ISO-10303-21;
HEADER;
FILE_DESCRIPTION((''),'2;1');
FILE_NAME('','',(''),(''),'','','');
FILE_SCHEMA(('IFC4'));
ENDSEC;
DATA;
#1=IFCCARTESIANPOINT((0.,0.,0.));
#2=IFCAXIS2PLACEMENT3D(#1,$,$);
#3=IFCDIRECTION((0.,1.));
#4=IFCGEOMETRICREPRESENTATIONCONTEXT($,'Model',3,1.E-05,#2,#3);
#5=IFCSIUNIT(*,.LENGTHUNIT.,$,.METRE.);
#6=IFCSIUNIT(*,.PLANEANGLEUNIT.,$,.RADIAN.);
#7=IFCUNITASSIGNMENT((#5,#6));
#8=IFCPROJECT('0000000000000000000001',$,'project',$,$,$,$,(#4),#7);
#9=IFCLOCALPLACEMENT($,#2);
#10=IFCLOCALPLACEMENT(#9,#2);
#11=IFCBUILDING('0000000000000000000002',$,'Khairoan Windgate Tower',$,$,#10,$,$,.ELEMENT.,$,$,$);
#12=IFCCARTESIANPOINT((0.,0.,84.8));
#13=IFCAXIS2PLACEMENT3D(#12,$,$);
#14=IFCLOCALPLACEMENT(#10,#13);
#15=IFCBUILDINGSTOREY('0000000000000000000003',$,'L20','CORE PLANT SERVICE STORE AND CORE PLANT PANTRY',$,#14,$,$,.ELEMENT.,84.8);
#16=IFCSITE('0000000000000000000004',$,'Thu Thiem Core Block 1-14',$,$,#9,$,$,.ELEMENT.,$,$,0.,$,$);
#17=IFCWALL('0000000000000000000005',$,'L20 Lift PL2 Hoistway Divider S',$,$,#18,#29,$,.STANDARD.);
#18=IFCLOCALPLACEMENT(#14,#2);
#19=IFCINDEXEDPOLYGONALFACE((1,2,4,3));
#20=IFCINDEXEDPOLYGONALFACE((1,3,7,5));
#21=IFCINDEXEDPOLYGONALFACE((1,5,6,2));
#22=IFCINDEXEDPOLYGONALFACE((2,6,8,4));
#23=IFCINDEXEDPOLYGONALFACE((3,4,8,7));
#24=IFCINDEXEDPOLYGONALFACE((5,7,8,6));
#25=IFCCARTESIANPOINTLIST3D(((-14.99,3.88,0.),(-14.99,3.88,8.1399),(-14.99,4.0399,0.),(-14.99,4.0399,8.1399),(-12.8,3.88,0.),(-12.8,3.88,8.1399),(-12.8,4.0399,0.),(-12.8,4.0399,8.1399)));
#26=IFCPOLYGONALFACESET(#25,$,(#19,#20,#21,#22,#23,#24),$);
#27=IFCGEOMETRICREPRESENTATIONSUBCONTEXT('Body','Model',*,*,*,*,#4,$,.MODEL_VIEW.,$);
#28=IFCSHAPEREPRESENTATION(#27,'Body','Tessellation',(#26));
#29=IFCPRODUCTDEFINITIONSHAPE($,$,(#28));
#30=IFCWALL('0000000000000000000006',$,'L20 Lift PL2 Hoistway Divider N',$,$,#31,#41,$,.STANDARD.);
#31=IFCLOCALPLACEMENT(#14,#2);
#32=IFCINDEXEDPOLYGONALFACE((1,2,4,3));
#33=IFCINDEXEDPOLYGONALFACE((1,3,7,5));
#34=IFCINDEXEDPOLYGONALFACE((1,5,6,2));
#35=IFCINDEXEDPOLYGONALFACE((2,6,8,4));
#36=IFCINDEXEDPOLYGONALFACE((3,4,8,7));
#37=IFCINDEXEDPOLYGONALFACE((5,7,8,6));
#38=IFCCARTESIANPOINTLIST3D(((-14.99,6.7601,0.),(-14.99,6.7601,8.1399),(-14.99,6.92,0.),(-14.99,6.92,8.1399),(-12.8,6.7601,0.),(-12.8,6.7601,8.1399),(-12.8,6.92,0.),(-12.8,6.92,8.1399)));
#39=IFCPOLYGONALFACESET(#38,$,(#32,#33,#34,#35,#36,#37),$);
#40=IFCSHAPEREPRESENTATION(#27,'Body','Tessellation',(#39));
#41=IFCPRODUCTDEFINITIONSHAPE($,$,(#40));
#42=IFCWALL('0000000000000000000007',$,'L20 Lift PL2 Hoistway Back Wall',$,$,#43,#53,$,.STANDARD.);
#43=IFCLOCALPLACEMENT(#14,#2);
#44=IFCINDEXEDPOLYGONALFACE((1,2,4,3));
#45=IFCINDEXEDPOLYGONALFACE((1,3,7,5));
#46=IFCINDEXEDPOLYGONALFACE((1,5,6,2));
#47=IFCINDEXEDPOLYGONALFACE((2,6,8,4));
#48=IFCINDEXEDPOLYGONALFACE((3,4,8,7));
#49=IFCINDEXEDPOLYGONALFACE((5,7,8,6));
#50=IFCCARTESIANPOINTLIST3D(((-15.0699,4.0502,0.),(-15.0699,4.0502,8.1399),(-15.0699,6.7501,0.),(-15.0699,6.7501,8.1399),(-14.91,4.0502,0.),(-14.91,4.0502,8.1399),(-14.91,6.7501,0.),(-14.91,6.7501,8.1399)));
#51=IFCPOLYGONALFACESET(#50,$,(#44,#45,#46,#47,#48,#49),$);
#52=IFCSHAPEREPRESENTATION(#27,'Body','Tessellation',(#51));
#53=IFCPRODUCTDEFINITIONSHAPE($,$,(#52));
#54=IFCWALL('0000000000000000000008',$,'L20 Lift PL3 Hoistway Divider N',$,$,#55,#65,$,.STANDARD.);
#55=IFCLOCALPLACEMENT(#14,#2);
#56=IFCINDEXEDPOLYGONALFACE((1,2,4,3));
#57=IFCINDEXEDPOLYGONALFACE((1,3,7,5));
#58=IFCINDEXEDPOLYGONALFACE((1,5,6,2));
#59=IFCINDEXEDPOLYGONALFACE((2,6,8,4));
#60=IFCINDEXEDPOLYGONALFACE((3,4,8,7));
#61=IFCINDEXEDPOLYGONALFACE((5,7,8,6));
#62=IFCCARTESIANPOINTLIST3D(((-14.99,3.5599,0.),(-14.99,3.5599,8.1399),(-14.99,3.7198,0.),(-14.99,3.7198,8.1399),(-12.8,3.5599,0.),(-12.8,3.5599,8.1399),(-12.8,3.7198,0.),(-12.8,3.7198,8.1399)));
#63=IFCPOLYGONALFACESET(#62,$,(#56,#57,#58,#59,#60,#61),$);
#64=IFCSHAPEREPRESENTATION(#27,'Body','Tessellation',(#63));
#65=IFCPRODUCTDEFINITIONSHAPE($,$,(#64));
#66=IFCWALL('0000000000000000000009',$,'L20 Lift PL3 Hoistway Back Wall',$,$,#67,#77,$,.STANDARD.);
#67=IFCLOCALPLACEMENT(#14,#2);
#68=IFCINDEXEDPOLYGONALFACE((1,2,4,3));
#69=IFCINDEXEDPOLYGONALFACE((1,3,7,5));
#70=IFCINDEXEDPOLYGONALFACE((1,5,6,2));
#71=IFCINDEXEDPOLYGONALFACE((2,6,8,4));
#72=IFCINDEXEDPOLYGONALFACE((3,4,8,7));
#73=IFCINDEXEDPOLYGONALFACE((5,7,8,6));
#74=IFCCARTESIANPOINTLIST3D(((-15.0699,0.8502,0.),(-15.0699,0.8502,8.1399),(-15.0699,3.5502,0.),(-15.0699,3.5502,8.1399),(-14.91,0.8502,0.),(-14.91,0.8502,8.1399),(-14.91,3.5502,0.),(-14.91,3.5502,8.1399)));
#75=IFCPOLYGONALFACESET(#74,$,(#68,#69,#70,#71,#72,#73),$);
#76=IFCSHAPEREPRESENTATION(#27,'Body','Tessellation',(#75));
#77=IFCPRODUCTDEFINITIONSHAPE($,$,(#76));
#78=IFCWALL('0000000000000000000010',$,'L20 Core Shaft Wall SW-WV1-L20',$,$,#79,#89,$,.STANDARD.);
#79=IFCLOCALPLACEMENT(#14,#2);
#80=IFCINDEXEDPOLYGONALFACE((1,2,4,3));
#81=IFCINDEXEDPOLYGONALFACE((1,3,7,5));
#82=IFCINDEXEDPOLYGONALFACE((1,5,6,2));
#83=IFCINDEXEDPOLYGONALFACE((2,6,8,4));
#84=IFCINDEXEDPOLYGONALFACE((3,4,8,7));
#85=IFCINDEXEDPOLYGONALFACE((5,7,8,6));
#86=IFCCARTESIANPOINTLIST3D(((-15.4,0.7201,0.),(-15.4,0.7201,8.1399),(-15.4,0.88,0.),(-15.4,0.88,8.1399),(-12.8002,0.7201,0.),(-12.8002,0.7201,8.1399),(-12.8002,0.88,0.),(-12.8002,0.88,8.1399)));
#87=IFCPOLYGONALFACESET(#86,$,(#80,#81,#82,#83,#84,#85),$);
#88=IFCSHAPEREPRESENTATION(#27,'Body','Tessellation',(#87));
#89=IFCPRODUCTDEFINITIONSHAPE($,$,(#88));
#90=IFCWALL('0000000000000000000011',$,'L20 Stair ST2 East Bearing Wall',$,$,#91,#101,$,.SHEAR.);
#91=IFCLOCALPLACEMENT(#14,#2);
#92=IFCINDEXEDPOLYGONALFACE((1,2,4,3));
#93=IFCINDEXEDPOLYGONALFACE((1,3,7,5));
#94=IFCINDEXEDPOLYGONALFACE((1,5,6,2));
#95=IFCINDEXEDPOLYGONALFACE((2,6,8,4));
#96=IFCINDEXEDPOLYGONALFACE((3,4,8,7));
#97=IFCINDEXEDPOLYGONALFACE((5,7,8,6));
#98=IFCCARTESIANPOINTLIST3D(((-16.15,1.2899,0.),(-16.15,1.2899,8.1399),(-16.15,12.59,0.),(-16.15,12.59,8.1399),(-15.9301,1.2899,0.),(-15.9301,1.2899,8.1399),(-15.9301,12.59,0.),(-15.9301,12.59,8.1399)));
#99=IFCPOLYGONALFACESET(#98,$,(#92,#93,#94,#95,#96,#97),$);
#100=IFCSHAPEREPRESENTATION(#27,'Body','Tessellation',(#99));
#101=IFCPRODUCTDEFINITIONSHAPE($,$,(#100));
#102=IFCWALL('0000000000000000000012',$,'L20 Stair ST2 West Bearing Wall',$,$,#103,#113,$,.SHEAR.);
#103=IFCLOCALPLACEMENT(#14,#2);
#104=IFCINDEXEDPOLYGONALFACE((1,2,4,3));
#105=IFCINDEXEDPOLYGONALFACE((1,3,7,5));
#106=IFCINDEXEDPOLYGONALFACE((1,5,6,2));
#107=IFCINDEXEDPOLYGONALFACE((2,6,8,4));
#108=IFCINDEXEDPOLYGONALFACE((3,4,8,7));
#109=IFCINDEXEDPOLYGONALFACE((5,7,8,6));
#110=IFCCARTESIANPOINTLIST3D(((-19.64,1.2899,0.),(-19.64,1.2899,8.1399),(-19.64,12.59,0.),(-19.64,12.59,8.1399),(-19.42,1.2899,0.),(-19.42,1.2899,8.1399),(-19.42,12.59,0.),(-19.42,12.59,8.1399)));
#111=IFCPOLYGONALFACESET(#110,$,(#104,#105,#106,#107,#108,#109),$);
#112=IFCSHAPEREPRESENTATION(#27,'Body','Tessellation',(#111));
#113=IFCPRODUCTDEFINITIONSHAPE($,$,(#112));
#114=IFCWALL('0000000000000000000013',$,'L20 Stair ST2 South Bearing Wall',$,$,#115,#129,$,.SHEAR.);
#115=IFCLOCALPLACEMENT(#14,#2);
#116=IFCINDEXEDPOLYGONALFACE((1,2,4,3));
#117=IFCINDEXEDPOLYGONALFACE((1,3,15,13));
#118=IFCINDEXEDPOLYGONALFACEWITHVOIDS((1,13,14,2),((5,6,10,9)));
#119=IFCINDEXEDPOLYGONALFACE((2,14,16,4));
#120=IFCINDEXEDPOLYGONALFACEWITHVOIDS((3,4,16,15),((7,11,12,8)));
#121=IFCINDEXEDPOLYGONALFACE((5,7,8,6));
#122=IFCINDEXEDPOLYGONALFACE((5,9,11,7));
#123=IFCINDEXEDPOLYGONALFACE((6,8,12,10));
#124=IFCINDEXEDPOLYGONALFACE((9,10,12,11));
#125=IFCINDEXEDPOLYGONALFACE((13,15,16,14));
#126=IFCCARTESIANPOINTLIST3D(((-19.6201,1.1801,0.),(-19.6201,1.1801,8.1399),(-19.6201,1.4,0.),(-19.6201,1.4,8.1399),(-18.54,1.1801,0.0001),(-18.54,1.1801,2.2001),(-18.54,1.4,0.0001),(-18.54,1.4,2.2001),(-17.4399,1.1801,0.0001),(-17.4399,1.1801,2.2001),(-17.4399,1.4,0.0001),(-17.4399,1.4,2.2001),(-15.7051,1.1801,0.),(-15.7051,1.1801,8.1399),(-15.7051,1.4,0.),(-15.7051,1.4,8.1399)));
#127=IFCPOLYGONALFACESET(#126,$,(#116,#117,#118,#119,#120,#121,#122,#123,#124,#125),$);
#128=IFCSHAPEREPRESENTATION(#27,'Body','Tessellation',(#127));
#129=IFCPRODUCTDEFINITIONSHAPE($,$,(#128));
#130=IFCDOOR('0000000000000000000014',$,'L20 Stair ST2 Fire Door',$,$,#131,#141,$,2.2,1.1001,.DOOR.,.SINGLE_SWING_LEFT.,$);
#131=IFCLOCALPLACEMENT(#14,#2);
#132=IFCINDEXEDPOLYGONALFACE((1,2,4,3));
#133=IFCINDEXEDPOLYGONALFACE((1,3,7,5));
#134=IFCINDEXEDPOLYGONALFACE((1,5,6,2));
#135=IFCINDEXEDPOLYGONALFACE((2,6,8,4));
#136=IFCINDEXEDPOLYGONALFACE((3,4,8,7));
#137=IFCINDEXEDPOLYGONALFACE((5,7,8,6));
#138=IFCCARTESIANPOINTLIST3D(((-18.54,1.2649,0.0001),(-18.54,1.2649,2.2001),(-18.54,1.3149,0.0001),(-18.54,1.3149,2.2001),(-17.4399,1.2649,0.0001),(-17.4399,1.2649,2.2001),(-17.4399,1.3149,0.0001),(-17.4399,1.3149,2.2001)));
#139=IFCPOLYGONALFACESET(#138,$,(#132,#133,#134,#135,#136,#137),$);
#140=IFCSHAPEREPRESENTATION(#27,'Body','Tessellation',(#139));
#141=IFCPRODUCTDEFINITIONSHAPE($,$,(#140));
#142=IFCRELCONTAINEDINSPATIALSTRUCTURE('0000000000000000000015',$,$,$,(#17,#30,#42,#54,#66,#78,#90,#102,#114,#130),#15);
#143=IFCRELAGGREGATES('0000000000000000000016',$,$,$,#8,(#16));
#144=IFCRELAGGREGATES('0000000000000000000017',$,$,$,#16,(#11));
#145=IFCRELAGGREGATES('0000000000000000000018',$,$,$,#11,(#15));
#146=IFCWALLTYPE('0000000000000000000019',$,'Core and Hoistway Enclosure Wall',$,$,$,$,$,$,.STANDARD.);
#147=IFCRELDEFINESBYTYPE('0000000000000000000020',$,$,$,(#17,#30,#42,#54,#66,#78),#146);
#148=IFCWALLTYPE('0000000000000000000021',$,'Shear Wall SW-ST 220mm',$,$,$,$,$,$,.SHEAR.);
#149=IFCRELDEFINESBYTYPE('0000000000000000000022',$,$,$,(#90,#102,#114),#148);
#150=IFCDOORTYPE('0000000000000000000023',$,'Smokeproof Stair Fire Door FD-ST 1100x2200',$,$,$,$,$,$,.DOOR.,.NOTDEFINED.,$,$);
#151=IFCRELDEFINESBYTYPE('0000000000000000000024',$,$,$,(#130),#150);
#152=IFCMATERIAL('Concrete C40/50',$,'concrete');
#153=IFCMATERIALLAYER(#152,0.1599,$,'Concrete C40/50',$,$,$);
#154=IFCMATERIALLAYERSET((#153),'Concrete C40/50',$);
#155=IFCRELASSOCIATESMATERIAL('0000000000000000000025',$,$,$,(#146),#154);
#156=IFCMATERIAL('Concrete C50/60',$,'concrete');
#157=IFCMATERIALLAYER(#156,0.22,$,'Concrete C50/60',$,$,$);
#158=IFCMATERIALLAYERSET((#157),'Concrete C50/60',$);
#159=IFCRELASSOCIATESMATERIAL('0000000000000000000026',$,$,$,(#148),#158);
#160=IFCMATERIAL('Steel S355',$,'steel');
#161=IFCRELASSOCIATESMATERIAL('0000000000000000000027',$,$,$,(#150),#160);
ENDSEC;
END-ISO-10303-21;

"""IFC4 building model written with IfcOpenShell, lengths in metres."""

from ifc_helpers import new_model, si_unit, direction, frame, frame_2d, origin, place, context, subcontext, project, spatial, rectangle, extrude, material, layer, layer_set, type_object, element, fill, save


model = new_model("IFC4")

# Units and contexts
model_context = context("Model", 3, precision=1e-05, world=origin(), true_north=direction((0.0, 1.0)))
body_context = subcontext(model_context, "Body", "Model", "MODEL_VIEW")
ifc_project = project(units=[si_unit("LENGTHUNIT", "METRE"), si_unit("PLANEANGLEUNIT", "RADIAN")], contexts=[model_context])

# Site, building, storey
site_placement = place(None, origin())
site = spatial("IfcSite", under=ifc_project, at=site_placement, Name="Thu Thiem Core Block 1-14", CompositionType="ELEMENT", RefElevation=0.0)
building_placement = place(site_placement, origin())
building = spatial("IfcBuilding", under=site, at=building_placement, Name="Khairoan Windgate Tower", CompositionType="ELEMENT")
storey_placement = place(building_placement, frame((0.0, 0.0, 84.8)))
storey = spatial("IfcBuildingStorey", under=building, at=storey_placement, Name="L20", Description="CORE PLANT SERVICE STORE AND CORE PLANT PANTRY", CompositionType="ELEMENT", Elevation=84.8)

# Walls
ifc_material_1 = material(Name="Concrete C40/50", Category="concrete")
ifc_layer_1 = layer(ifc_material_1, 0.1599, Name="Concrete C40/50")
ifc_layer_set_1 = layer_set([ifc_layer_1], Name="Concrete C40/50")
wall_type_1 = type_object("IfcWallType", Name="Core and Hoistway Enclosure Wall", PredefinedType="STANDARD", material=ifc_layer_set_1)
for number, where, z_axis, x_axis, name in (
    (1, (-14.99, 3.96, 0.0), (0.0, 0.0, 1.0), (1.0, 0.0, 0.0), "L20 Lift PL2 Hoistway Divider S"),
    (2, (-14.99, 6.8401, 0.0), (0.0, 0.0, 1.0), (1.0, 0.0, 0.0), "L20 Lift PL2 Hoistway Divider N"),
):
    element("IfcWall", number, at=place(storey_placement, frame(where, z_axis=z_axis, x_axis=x_axis)), inside=storey, type_object=wall_type_1, Name=name, PredefinedType="STANDARD", context=body_context, shape_type="SweptSolid", body=[
        extrude(rectangle(XDim=2.1899, YDim=0.1599, at=frame_2d((1.095, 0.0))), origin(), (0.0, 0.0, 1.0), 8.1399),
    ])
wall_1_placement = place(storey_placement, frame((-14.99, 4.05, 0.0), z_axis=(0.0, 0.0, 1.0), x_axis=(0.0, 1.0, 0.0)))
element("IfcWall", 3, at=wall_1_placement, inside=storey, type_object=wall_type_1, Name="L20 Lift PL2 Hoistway Back Wall", PredefinedType="STANDARD", context=body_context, shape_type="SweptSolid", body=[
    extrude(rectangle(XDim=2.7, YDim=0.1599, at=frame_2d((1.3501, 0.0))), origin(), (0.0, 0.0, 1.0), 8.1399),
])
wall_2_placement = place(storey_placement, frame((-14.99, 3.6399, 0.0), z_axis=(0.0, 0.0, 1.0), x_axis=(1.0, 0.0, 0.0)))
element("IfcWall", 4, at=wall_2_placement, inside=storey, type_object=wall_type_1, Name="L20 Lift PL3 Hoistway Divider N", PredefinedType="STANDARD", context=body_context, shape_type="SweptSolid", body=[
    extrude(rectangle(XDim=2.1899, YDim=0.1599, at=frame_2d((1.095, 0.0))), origin(), (0.0, 0.0, 1.0), 8.1399),
])
wall_3_placement = place(storey_placement, frame((-14.99, 0.8501, 0.0), z_axis=(0.0, 0.0, 1.0), x_axis=(0.0, 1.0, 0.0)))
element("IfcWall", 5, at=wall_3_placement, inside=storey, type_object=wall_type_1, Name="L20 Lift PL3 Hoistway Back Wall", PredefinedType="STANDARD", context=body_context, shape_type="SweptSolid", body=[
    extrude(rectangle(XDim=2.7, YDim=0.1599, at=frame_2d((1.3501, 0.0))), origin(), (0.0, 0.0, 1.0), 8.1399),
])
wall_4_placement = place(storey_placement, frame((-15.3999, 0.8, 0.0), z_axis=(0.0, 0.0, 1.0), x_axis=(1.0, 0.0, 0.0)))
element("IfcWall", 6, at=wall_4_placement, inside=storey, type_object=wall_type_1, Name="L20 Core Shaft Wall SW-WV1-L20", PredefinedType="STANDARD", context=body_context, shape_type="SweptSolid", body=[
    extrude(rectangle(XDim=2.5999, YDim=0.1599, at=frame_2d((1.2998, 0.0))), origin(), (0.0, 0.0, 1.0), 8.1399),
])
ifc_material_2 = material(Name="Concrete C50/60", Category="concrete")
ifc_layer_2 = layer(ifc_material_2, 0.22, Name="Concrete C50/60")
ifc_layer_set_2 = layer_set([ifc_layer_2], Name="Concrete C50/60")
wall_type_2 = type_object("IfcWallType", Name="Shear Wall SW-ST 220mm", PredefinedType="SHEAR", material=ifc_layer_set_2)
for number, where, z_axis, x_axis, name in (
    (7, (-16.04, 1.29, 0.0), (0.0, 0.0, 1.0), (0.0, 1.0, 0.0), "L20 Stair ST2 East Bearing Wall"),
    (8, (-19.53, 1.29, 0.0), (0.0, 0.0, 1.0), (0.0, 1.0, 0.0), "L20 Stair ST2 West Bearing Wall"),
):
    element("IfcWall", number, at=place(storey_placement, frame(where, z_axis=z_axis, x_axis=x_axis)), inside=storey, type_object=wall_type_2, Name=name, PredefinedType="SHEAR", context=body_context, shape_type="SweptSolid", body=[
        extrude(rectangle(XDim=11.3, YDim=0.22, at=frame_2d((5.6499, 0.0))), origin(), (0.0, 0.0, 1.0), 8.1399),
    ])

# Wall, opening, door
wall_5_placement = place(storey_placement, frame((-19.6201, 1.29, 0.0), z_axis=(0.0, 0.0, 1.0), x_axis=(1.0, 0.0, 0.0)))
wall_5 = element("IfcWall", 9, at=wall_5_placement, inside=storey, type_object=wall_type_2, Name="L20 Stair ST2 South Bearing Wall", PredefinedType="SHEAR", context=body_context, shape_type="SweptSolid", body=[
    extrude(rectangle(XDim=3.915, YDim=0.22, at=frame_2d((1.9575, 0.0))), origin(), (0.0, 0.0, 1.0), 8.1399),
])
opening_placement = place(wall_5_placement, frame((1.0801, 0.0, 0.0)))
opening = element("IfcOpeningElement", 10, at=opening_placement, cuts=wall_5, PredefinedType="OPENING", context=body_context, shape_type="SweptSolid", body=[
    extrude(rectangle(XDim=1.1001, YDim=2.2, at=frame_2d((0.55, 1.1001))), frame((0.0, 0.1199, 0.0), z_axis=(0.0, -1.0, 0.0), x_axis=(1.0, 0.0, 0.0)), (0.0, 0.0, 1.0), 0.24),
])
ifc_material_3 = material(Name="Steel S355", Category="steel")
door_type = type_object("IfcDoorType", Name="Smokeproof Stair Fire Door FD-ST 1100x2200", OperationType="NOTDEFINED", PredefinedType="DOOR", material=ifc_material_3)
door_placement = place(opening_placement, origin())
door = element("IfcDoor", 11, at=door_placement, inside=storey, type_object=door_type, Name="L20 Stair ST2 Fire Door", OperationType="SINGLE_SWING_LEFT", OverallHeight=2.2, OverallWidth=1.1001, PredefinedType="DOOR", context=body_context, shape_type="SweptSolid", body=[
    extrude(rectangle(XDim=1.1001, YDim=2.2, at=frame_2d((0.55, 1.1001))), frame((0.0, 0.0249, 0.0), z_axis=(0.0, -1.0, 0.0), x_axis=(1.0, 0.0, 0.0)), (0.0, 0.0, 1.0), 0.05),
])
fill(opening, door)

save(model, "model.ifc")
